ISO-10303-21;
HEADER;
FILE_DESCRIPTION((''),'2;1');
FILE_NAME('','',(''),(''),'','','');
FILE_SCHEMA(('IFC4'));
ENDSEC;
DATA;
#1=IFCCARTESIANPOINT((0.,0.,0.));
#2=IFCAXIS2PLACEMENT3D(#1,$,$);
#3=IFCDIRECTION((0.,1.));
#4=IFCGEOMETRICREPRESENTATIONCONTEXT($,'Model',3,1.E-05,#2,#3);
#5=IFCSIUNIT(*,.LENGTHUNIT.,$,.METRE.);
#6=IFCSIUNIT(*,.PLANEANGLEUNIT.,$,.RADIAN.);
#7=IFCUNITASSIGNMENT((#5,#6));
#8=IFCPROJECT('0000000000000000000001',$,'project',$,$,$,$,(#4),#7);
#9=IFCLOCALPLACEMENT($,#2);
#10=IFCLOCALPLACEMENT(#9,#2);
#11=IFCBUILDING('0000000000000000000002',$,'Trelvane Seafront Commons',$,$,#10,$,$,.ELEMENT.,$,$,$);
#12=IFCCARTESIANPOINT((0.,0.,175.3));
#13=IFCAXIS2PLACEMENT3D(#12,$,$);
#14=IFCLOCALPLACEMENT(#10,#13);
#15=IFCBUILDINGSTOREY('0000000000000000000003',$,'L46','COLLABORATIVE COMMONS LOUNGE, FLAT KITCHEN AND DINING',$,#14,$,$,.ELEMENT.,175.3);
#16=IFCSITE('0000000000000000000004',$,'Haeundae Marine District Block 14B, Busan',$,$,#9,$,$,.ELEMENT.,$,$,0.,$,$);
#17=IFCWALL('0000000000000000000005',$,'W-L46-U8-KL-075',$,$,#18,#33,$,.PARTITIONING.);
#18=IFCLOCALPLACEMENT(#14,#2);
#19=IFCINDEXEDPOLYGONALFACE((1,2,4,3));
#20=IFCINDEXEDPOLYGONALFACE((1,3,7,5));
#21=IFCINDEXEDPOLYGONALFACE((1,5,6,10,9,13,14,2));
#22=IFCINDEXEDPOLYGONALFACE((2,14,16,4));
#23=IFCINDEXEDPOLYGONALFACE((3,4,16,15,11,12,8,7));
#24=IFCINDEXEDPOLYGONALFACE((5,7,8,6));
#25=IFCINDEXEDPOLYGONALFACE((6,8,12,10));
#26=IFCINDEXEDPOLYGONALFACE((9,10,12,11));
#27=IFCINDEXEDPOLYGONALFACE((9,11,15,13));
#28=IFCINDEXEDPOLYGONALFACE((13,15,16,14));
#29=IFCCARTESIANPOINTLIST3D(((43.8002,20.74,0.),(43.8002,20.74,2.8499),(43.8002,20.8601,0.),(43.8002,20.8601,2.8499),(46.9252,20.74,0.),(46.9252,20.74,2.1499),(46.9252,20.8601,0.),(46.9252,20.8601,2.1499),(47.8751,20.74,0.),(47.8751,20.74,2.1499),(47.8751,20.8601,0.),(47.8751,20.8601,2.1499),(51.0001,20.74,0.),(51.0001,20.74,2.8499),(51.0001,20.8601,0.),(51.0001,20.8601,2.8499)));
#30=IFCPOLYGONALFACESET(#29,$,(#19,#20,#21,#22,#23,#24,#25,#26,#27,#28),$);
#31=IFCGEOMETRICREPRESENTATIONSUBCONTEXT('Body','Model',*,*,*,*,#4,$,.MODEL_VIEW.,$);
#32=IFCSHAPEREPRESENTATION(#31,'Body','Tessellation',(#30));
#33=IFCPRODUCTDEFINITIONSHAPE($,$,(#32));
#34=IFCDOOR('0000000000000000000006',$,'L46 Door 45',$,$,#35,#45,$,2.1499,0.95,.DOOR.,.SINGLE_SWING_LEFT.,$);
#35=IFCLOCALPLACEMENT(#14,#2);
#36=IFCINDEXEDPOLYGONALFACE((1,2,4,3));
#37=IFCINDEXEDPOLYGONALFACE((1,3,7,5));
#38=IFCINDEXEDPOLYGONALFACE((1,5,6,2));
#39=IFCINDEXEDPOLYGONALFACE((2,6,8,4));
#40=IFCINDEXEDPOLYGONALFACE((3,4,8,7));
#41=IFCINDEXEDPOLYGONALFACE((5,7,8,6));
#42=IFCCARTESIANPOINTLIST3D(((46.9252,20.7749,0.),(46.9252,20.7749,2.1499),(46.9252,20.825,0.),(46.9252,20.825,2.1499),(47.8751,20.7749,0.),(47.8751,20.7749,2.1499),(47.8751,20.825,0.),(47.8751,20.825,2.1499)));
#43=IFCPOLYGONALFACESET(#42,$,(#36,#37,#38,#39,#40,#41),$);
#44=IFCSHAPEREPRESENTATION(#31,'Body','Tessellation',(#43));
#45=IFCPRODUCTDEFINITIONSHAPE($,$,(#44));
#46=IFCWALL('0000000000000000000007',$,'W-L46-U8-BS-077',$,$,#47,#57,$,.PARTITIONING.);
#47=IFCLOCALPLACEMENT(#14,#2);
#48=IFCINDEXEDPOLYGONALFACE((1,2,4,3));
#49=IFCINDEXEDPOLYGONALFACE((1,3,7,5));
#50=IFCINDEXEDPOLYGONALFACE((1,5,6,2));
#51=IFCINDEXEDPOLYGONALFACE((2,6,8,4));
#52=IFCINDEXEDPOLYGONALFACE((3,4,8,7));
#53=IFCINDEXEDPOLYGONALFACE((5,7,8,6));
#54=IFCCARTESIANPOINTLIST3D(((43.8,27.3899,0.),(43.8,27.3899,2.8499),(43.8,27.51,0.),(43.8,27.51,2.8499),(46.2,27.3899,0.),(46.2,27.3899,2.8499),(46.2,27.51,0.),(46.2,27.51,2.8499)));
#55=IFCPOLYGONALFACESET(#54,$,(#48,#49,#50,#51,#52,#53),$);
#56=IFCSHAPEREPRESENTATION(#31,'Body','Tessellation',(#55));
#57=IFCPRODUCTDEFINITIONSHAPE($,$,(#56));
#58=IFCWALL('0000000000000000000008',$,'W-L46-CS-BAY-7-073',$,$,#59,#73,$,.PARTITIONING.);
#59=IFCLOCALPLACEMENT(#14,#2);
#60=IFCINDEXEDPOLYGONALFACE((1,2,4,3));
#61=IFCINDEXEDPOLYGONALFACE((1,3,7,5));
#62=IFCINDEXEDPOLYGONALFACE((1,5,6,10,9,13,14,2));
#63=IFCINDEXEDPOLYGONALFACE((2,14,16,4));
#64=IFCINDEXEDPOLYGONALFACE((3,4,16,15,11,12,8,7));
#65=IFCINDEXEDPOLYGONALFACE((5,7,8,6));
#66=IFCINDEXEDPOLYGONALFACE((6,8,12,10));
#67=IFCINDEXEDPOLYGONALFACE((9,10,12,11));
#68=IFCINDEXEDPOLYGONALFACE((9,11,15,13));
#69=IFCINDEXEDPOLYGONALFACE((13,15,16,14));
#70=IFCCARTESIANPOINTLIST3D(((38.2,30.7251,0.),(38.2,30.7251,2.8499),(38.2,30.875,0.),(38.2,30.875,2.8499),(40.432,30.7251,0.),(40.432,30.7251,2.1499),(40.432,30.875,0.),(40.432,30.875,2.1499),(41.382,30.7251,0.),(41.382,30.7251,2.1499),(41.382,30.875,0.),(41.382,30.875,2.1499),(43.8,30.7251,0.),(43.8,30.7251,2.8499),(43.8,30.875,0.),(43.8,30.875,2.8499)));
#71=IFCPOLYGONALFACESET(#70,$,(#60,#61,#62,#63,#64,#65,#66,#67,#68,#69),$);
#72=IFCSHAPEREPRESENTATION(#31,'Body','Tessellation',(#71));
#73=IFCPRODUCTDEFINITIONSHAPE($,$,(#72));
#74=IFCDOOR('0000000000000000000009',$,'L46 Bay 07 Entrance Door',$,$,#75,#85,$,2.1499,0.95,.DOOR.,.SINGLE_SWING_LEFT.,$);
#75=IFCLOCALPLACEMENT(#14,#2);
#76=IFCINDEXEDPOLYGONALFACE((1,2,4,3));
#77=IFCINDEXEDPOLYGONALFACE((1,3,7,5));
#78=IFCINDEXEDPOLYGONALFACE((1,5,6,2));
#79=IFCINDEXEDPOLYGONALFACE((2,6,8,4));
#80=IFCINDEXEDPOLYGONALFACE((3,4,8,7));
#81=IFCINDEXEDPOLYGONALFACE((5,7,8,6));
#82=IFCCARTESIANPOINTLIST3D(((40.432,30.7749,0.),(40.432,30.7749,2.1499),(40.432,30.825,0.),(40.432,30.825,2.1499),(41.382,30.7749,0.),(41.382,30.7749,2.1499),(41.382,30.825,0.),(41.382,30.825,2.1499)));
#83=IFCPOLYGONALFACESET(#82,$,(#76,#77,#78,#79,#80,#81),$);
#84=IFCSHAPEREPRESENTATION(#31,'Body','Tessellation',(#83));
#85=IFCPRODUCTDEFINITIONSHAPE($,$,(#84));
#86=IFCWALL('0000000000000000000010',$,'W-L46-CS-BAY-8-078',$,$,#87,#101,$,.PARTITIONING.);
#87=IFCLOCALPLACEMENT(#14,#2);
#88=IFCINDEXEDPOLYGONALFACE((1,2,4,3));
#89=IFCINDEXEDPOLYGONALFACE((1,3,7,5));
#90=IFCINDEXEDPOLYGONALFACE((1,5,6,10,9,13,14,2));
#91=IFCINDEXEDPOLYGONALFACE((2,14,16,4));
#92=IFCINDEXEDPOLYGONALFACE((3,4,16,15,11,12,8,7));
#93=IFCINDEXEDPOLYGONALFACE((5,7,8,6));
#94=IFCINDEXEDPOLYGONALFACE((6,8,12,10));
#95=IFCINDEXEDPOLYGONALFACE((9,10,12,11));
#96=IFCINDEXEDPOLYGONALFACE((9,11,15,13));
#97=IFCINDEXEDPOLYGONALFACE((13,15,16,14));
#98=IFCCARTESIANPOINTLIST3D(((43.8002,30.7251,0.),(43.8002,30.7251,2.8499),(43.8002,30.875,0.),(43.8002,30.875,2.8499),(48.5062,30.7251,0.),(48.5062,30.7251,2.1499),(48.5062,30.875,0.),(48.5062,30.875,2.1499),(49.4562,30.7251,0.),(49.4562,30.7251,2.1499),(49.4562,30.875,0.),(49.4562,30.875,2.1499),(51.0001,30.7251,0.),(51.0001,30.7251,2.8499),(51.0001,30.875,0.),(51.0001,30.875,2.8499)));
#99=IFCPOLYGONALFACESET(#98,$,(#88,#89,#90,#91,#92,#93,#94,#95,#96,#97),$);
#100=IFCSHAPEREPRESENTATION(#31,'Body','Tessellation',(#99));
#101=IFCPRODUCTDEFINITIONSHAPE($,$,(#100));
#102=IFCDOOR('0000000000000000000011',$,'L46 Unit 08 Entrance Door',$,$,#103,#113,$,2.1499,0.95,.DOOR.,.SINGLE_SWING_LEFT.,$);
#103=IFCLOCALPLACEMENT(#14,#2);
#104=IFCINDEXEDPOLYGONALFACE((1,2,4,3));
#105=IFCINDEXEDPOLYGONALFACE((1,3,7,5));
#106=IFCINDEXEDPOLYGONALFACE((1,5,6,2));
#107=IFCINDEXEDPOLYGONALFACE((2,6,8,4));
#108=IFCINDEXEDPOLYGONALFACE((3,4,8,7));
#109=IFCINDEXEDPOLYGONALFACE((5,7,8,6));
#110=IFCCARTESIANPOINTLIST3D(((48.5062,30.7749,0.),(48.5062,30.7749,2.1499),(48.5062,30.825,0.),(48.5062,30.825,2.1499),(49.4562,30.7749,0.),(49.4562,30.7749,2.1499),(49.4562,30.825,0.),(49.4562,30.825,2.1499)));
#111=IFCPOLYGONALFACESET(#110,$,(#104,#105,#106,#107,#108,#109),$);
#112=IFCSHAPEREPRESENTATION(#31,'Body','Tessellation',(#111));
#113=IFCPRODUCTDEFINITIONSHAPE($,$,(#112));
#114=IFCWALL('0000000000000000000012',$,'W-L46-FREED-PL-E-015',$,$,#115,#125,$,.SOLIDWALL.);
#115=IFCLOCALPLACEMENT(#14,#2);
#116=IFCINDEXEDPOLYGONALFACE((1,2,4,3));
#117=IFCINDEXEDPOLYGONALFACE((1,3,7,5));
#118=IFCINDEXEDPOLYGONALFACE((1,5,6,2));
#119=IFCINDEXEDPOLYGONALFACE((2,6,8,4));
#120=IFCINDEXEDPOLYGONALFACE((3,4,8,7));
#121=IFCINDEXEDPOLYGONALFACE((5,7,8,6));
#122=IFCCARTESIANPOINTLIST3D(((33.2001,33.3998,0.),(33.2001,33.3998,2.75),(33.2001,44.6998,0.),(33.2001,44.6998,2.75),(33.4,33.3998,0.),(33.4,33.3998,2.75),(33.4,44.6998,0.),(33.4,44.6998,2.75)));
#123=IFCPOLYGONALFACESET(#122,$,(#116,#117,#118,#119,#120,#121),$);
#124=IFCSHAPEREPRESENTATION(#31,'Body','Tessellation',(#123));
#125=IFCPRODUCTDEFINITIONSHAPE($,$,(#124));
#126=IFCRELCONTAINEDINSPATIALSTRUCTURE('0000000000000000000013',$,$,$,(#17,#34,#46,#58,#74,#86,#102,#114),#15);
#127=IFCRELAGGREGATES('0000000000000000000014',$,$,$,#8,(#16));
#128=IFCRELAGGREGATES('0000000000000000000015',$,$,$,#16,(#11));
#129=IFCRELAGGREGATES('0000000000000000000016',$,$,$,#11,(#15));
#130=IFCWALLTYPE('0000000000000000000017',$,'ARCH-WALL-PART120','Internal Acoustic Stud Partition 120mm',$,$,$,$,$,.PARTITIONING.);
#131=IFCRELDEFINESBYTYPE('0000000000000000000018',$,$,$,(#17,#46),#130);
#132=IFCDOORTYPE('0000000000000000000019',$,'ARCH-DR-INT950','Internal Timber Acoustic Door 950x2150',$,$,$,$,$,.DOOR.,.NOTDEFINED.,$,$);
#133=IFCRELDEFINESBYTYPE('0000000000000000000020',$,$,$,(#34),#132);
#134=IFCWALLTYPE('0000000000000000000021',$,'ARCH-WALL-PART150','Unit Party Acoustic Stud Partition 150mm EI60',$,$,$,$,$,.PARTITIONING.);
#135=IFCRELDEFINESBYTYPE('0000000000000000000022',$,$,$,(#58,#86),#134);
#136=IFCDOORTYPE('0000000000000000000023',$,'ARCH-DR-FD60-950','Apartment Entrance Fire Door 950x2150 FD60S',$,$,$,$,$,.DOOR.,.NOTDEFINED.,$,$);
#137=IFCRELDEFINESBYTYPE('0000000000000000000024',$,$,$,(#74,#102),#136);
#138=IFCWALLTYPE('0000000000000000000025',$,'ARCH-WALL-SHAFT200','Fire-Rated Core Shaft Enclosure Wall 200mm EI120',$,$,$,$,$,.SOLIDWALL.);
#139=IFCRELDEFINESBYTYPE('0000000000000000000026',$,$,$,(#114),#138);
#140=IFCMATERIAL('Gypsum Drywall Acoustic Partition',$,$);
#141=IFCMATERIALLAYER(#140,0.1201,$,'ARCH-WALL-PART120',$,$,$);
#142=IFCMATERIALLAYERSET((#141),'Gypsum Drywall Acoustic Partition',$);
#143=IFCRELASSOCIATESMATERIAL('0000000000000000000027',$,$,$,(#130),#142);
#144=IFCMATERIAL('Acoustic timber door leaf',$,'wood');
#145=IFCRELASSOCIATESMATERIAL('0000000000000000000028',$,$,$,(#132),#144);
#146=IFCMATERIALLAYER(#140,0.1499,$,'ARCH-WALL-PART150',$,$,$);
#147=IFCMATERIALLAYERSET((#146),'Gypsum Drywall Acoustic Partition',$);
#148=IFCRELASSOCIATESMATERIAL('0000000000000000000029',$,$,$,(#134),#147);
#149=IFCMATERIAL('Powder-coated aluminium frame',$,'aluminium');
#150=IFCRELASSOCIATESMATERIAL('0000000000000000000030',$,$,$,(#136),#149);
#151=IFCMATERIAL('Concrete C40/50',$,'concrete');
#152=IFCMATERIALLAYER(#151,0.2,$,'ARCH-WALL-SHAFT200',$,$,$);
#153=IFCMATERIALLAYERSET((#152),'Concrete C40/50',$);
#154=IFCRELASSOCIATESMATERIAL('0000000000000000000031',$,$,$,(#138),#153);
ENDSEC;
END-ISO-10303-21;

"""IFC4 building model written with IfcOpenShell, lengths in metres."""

from ifc_helpers import new_model, si_unit, direction, frame, frame_2d, origin, place, context, subcontext, project, spatial, rectangle, extrude, source, transform, mapped, material, layer, layer_set, type_object, element, fill, save


model = new_model("IFC4")

# Units and contexts
model_context = context("Model", 3, precision=1e-05, world=origin(), true_north=direction((0.0, 1.0)))
body_context = subcontext(model_context, "Body", "Model", "MODEL_VIEW")
ifc_project = project(units=[si_unit("LENGTHUNIT", "METRE"), si_unit("PLANEANGLEUNIT", "RADIAN")], contexts=[model_context])

# Site, building, storey
site_placement = place(None, origin())
site = spatial("IfcSite", under=ifc_project, at=site_placement, Name="Haeundae Marine District Block 14B, Busan", CompositionType="ELEMENT", RefElevation=0.0)
building_placement = place(site_placement, origin())
building = spatial("IfcBuilding", under=site, at=building_placement, Name="Trelvane Seafront Commons", CompositionType="ELEMENT")
storey_placement = place(building_placement, frame((0.0, 0.0, 175.3)))
storey = spatial("IfcBuildingStorey", under=building, at=storey_placement, Name="L46", Description="COLLABORATIVE COMMONS LOUNGE, FLAT KITCHEN AND DINING", CompositionType="ELEMENT", Elevation=175.3)

# Wall, opening, door
ifc_material_1 = material(Name="Concrete C40/50", Category="concrete")
ifc_material_2 = material(Name="Powder-coated aluminium frame", Category="aluminium")
ifc_material_3 = material(Name="Gypsum Drywall Acoustic Partition")
ifc_layer_1 = layer(ifc_material_3, 0.1201, Name="ARCH-WALL-PART120")
ifc_layer_set_1 = layer_set([ifc_layer_1], Name="Gypsum Drywall Acoustic Partition")
wall_type_1 = type_object("IfcWallType", Name="ARCH-WALL-PART120", Description="Internal Acoustic Stud Partition 120mm", PredefinedType="PARTITIONING", material=ifc_layer_set_1)
wall_1_placement = place(storey_placement, frame((43.8, 20.8, 0.0), z_axis=(0.0, 0.0, 1.0), x_axis=(1.0, 0.0, 0.0)))
wall_1 = element("IfcWall", 1, at=wall_1_placement, inside=storey, type_object=wall_type_1, Name="W-L46-U8-KL-075", PredefinedType="PARTITIONING", context=body_context, shape_type="SweptSolid", body=[
    extrude(rectangle(XDim=7.2, YDim=0.1201, at=frame_2d((3.6001, 0.0))), origin(), (0.0, 0.0, 1.0), 2.8499),
])
opening_1_placement = place(wall_1_placement, frame((3.125, 0.0, 0.0)))
opening_1 = element("IfcOpeningElement", 2, at=opening_1_placement, cuts=wall_1, PredefinedType="OPENING", context=body_context, shape_type="SweptSolid", body=[
    extrude(rectangle(XDim=0.95, YDim=2.1499, at=frame_2d((0.4751, 1.075))), frame((0.0, 0.0701, 0.0), z_axis=(0.0, -1.0, 0.0), x_axis=(1.0, 0.0, 0.0)), (0.0, 0.0, 1.0), 0.1401),
])
ifc_material_4 = material(Name="Acoustic timber door leaf", Category="wood")
door_type_1 = type_object("IfcDoorType", Name="ARCH-DR-INT950", Description="Internal Timber Acoustic Door 950x2150", OperationType="NOTDEFINED", PredefinedType="DOOR", material=ifc_material_4)
shared_shape_1 = source(origin(), body_context, "Body", "SweptSolid", [
    extrude(rectangle(XDim=0.95, YDim=2.1499, at=frame_2d((0.4751, 1.075))), frame((0.0, 0.0249, 0.0), z_axis=(0.0, -1.0, 0.0), x_axis=(1.0, 0.0, 0.0)), (0.0, 0.0, 1.0), 0.05),
])
door_1_placement = place(opening_1_placement, origin())
door_1 = element("IfcDoor", 3, at=door_1_placement, inside=storey, type_object=door_type_1, Name="L46 Door 45", OperationType="SINGLE_SWING_LEFT", OverallHeight=2.1499, OverallWidth=0.95, PredefinedType="DOOR", context=body_context, shape_type="MappedRepresentation", body=[
    mapped(shared_shape_1, transform((0.0, 0.0, 0.0), x_axis=(1.0, 0.0, 0.0), y_axis=(0.0, 1.0, 0.0), z_axis=(0.0, 0.0, 1.0), scale=1.0)),
])
fill(opening_1, door_1)

# Wall
wall_2_placement = place(storey_placement, frame((43.8, 27.45, 0.0), z_axis=(0.0, 0.0, 1.0), x_axis=(1.0, 0.0, 0.0)))
element("IfcWall", 4, at=wall_2_placement, inside=storey, type_object=wall_type_1, Name="W-L46-U8-BS-077", PredefinedType="PARTITIONING", context=body_context, shape_type="SweptSolid", body=[
    extrude(rectangle(XDim=2.3999, YDim=0.1201, at=frame_2d((1.2, 0.0))), origin(), (0.0, 0.0, 1.0), 2.8499),
])

# Walls, openings, doors
ifc_layer_2 = layer(ifc_material_3, 0.1499, Name="ARCH-WALL-PART150")
ifc_layer_set_2 = layer_set([ifc_layer_2], Name="Gypsum Drywall Acoustic Partition")
wall_type_2 = type_object("IfcWallType", Name="ARCH-WALL-PART150", Description="Unit Party Acoustic Stud Partition 150mm EI60", PredefinedType="PARTITIONING", material=ifc_layer_set_2)
wall_3_placement = place(storey_placement, frame((38.2, 30.8, 0.0), z_axis=(0.0, 0.0, 1.0), x_axis=(1.0, 0.0, 0.0)))
wall_3 = element("IfcWall", 5, at=wall_3_placement, inside=storey, type_object=wall_type_2, Name="W-L46-CS-BAY-7-073", PredefinedType="PARTITIONING", context=body_context, shape_type="SweptSolid", body=[
    extrude(rectangle(XDim=5.6001, YDim=0.1499, at=frame_2d((2.8, 0.0))), origin(), (0.0, 0.0, 1.0), 2.8499),
])
opening_2_placement = place(wall_3_placement, frame((2.2319, 0.0, 0.0)))
opening_2 = element("IfcOpeningElement", 6, at=opening_2_placement, cuts=wall_3, PredefinedType="OPENING", context=body_context, shape_type="SweptSolid", body=[
    extrude(rectangle(XDim=0.95, YDim=2.1499, at=frame_2d((0.4751, 1.075))), frame((0.0, 0.085, 0.0), z_axis=(0.0, -1.0, 0.0), x_axis=(1.0, 0.0, 0.0)), (0.0, 0.0, 1.0), 0.1699),
])
door_type_2 = type_object("IfcDoorType", Name="ARCH-DR-FD60-950", Description="Apartment Entrance Fire Door 950x2150 FD60S", OperationType="NOTDEFINED", PredefinedType="DOOR", material=ifc_material_2)
door_2_placement = place(opening_2_placement, origin())
door_2 = element("IfcDoor", 7, at=door_2_placement, inside=storey, type_object=door_type_2, Name="L46 Bay 07 Entrance Door", OperationType="SINGLE_SWING_LEFT", OverallHeight=2.1499, OverallWidth=0.95, PredefinedType="DOOR", context=body_context, shape_type="MappedRepresentation", body=[
    mapped(shared_shape_1, transform((0.0, 0.0, 0.0), x_axis=(1.0, 0.0, 0.0), y_axis=(0.0, 1.0, 0.0), z_axis=(0.0, 0.0, 1.0), scale=1.0)),
])
fill(opening_2, door_2)
wall_4_placement = place(storey_placement, frame((43.8, 30.8, 0.0), z_axis=(0.0, 0.0, 1.0), x_axis=(1.0, 0.0, 0.0)))
wall_4 = element("IfcWall", 8, at=wall_4_placement, inside=storey, type_object=wall_type_2, Name="W-L46-CS-BAY-8-078", PredefinedType="PARTITIONING", context=body_context, shape_type="SweptSolid", body=[
    extrude(rectangle(XDim=7.2, YDim=0.1499, at=frame_2d((3.6001, 0.0))), origin(), (0.0, 0.0, 1.0), 2.8499),
])
opening_3_placement = place(wall_4_placement, frame((4.7061, 0.0, 0.0)))
opening_3 = element("IfcOpeningElement", 9, at=opening_3_placement, cuts=wall_4, PredefinedType="OPENING", context=body_context, shape_type="SweptSolid", body=[
    extrude(rectangle(XDim=0.95, YDim=2.1499, at=frame_2d((0.4751, 1.075))), frame((0.0, 0.085, 0.0), z_axis=(0.0, -1.0, 0.0), x_axis=(1.0, 0.0, 0.0)), (0.0, 0.0, 1.0), 0.1699),
])
door_3_placement = place(opening_3_placement, origin())
door_3 = element("IfcDoor", 10, at=door_3_placement, inside=storey, type_object=door_type_2, Name="L46 Unit 08 Entrance Door", OperationType="SINGLE_SWING_LEFT", OverallHeight=2.1499, OverallWidth=0.95, PredefinedType="DOOR", context=body_context, shape_type="MappedRepresentation", body=[
    mapped(shared_shape_1, transform((0.0, 0.0, 0.0), x_axis=(1.0, 0.0, 0.0), y_axis=(0.0, 1.0, 0.0), z_axis=(0.0, 0.0, 1.0), scale=1.0)),
])
fill(opening_3, door_3)

# Wall
ifc_layer_3 = layer(ifc_material_1, 0.2, Name="ARCH-WALL-SHAFT200")
ifc_layer_set_3 = layer_set([ifc_layer_3], Name="Concrete C40/50")
wall_type_3 = type_object("IfcWallType", Name="ARCH-WALL-SHAFT200", Description="Fire-Rated Core Shaft Enclosure Wall 200mm EI120", PredefinedType="SOLIDWALL", material=ifc_layer_set_3)
wall_5_placement = place(storey_placement, frame((33.3, 33.3999, 0.0), z_axis=(0.0, 0.0, 1.0), x_axis=(0.0, 1.0, 0.0)))
element("IfcWall", 11, at=wall_5_placement, inside=storey, type_object=wall_type_3, Name="W-L46-FREED-PL-E-015", PredefinedType="SOLIDWALL", context=body_context, shape_type="SweptSolid", body=[
    extrude(rectangle(XDim=11.3, YDim=0.2, at=frame_2d((5.6499, 0.0))), origin(), (0.0, 0.0, 1.0), 2.75),
])

save(model, "model.ifc")
